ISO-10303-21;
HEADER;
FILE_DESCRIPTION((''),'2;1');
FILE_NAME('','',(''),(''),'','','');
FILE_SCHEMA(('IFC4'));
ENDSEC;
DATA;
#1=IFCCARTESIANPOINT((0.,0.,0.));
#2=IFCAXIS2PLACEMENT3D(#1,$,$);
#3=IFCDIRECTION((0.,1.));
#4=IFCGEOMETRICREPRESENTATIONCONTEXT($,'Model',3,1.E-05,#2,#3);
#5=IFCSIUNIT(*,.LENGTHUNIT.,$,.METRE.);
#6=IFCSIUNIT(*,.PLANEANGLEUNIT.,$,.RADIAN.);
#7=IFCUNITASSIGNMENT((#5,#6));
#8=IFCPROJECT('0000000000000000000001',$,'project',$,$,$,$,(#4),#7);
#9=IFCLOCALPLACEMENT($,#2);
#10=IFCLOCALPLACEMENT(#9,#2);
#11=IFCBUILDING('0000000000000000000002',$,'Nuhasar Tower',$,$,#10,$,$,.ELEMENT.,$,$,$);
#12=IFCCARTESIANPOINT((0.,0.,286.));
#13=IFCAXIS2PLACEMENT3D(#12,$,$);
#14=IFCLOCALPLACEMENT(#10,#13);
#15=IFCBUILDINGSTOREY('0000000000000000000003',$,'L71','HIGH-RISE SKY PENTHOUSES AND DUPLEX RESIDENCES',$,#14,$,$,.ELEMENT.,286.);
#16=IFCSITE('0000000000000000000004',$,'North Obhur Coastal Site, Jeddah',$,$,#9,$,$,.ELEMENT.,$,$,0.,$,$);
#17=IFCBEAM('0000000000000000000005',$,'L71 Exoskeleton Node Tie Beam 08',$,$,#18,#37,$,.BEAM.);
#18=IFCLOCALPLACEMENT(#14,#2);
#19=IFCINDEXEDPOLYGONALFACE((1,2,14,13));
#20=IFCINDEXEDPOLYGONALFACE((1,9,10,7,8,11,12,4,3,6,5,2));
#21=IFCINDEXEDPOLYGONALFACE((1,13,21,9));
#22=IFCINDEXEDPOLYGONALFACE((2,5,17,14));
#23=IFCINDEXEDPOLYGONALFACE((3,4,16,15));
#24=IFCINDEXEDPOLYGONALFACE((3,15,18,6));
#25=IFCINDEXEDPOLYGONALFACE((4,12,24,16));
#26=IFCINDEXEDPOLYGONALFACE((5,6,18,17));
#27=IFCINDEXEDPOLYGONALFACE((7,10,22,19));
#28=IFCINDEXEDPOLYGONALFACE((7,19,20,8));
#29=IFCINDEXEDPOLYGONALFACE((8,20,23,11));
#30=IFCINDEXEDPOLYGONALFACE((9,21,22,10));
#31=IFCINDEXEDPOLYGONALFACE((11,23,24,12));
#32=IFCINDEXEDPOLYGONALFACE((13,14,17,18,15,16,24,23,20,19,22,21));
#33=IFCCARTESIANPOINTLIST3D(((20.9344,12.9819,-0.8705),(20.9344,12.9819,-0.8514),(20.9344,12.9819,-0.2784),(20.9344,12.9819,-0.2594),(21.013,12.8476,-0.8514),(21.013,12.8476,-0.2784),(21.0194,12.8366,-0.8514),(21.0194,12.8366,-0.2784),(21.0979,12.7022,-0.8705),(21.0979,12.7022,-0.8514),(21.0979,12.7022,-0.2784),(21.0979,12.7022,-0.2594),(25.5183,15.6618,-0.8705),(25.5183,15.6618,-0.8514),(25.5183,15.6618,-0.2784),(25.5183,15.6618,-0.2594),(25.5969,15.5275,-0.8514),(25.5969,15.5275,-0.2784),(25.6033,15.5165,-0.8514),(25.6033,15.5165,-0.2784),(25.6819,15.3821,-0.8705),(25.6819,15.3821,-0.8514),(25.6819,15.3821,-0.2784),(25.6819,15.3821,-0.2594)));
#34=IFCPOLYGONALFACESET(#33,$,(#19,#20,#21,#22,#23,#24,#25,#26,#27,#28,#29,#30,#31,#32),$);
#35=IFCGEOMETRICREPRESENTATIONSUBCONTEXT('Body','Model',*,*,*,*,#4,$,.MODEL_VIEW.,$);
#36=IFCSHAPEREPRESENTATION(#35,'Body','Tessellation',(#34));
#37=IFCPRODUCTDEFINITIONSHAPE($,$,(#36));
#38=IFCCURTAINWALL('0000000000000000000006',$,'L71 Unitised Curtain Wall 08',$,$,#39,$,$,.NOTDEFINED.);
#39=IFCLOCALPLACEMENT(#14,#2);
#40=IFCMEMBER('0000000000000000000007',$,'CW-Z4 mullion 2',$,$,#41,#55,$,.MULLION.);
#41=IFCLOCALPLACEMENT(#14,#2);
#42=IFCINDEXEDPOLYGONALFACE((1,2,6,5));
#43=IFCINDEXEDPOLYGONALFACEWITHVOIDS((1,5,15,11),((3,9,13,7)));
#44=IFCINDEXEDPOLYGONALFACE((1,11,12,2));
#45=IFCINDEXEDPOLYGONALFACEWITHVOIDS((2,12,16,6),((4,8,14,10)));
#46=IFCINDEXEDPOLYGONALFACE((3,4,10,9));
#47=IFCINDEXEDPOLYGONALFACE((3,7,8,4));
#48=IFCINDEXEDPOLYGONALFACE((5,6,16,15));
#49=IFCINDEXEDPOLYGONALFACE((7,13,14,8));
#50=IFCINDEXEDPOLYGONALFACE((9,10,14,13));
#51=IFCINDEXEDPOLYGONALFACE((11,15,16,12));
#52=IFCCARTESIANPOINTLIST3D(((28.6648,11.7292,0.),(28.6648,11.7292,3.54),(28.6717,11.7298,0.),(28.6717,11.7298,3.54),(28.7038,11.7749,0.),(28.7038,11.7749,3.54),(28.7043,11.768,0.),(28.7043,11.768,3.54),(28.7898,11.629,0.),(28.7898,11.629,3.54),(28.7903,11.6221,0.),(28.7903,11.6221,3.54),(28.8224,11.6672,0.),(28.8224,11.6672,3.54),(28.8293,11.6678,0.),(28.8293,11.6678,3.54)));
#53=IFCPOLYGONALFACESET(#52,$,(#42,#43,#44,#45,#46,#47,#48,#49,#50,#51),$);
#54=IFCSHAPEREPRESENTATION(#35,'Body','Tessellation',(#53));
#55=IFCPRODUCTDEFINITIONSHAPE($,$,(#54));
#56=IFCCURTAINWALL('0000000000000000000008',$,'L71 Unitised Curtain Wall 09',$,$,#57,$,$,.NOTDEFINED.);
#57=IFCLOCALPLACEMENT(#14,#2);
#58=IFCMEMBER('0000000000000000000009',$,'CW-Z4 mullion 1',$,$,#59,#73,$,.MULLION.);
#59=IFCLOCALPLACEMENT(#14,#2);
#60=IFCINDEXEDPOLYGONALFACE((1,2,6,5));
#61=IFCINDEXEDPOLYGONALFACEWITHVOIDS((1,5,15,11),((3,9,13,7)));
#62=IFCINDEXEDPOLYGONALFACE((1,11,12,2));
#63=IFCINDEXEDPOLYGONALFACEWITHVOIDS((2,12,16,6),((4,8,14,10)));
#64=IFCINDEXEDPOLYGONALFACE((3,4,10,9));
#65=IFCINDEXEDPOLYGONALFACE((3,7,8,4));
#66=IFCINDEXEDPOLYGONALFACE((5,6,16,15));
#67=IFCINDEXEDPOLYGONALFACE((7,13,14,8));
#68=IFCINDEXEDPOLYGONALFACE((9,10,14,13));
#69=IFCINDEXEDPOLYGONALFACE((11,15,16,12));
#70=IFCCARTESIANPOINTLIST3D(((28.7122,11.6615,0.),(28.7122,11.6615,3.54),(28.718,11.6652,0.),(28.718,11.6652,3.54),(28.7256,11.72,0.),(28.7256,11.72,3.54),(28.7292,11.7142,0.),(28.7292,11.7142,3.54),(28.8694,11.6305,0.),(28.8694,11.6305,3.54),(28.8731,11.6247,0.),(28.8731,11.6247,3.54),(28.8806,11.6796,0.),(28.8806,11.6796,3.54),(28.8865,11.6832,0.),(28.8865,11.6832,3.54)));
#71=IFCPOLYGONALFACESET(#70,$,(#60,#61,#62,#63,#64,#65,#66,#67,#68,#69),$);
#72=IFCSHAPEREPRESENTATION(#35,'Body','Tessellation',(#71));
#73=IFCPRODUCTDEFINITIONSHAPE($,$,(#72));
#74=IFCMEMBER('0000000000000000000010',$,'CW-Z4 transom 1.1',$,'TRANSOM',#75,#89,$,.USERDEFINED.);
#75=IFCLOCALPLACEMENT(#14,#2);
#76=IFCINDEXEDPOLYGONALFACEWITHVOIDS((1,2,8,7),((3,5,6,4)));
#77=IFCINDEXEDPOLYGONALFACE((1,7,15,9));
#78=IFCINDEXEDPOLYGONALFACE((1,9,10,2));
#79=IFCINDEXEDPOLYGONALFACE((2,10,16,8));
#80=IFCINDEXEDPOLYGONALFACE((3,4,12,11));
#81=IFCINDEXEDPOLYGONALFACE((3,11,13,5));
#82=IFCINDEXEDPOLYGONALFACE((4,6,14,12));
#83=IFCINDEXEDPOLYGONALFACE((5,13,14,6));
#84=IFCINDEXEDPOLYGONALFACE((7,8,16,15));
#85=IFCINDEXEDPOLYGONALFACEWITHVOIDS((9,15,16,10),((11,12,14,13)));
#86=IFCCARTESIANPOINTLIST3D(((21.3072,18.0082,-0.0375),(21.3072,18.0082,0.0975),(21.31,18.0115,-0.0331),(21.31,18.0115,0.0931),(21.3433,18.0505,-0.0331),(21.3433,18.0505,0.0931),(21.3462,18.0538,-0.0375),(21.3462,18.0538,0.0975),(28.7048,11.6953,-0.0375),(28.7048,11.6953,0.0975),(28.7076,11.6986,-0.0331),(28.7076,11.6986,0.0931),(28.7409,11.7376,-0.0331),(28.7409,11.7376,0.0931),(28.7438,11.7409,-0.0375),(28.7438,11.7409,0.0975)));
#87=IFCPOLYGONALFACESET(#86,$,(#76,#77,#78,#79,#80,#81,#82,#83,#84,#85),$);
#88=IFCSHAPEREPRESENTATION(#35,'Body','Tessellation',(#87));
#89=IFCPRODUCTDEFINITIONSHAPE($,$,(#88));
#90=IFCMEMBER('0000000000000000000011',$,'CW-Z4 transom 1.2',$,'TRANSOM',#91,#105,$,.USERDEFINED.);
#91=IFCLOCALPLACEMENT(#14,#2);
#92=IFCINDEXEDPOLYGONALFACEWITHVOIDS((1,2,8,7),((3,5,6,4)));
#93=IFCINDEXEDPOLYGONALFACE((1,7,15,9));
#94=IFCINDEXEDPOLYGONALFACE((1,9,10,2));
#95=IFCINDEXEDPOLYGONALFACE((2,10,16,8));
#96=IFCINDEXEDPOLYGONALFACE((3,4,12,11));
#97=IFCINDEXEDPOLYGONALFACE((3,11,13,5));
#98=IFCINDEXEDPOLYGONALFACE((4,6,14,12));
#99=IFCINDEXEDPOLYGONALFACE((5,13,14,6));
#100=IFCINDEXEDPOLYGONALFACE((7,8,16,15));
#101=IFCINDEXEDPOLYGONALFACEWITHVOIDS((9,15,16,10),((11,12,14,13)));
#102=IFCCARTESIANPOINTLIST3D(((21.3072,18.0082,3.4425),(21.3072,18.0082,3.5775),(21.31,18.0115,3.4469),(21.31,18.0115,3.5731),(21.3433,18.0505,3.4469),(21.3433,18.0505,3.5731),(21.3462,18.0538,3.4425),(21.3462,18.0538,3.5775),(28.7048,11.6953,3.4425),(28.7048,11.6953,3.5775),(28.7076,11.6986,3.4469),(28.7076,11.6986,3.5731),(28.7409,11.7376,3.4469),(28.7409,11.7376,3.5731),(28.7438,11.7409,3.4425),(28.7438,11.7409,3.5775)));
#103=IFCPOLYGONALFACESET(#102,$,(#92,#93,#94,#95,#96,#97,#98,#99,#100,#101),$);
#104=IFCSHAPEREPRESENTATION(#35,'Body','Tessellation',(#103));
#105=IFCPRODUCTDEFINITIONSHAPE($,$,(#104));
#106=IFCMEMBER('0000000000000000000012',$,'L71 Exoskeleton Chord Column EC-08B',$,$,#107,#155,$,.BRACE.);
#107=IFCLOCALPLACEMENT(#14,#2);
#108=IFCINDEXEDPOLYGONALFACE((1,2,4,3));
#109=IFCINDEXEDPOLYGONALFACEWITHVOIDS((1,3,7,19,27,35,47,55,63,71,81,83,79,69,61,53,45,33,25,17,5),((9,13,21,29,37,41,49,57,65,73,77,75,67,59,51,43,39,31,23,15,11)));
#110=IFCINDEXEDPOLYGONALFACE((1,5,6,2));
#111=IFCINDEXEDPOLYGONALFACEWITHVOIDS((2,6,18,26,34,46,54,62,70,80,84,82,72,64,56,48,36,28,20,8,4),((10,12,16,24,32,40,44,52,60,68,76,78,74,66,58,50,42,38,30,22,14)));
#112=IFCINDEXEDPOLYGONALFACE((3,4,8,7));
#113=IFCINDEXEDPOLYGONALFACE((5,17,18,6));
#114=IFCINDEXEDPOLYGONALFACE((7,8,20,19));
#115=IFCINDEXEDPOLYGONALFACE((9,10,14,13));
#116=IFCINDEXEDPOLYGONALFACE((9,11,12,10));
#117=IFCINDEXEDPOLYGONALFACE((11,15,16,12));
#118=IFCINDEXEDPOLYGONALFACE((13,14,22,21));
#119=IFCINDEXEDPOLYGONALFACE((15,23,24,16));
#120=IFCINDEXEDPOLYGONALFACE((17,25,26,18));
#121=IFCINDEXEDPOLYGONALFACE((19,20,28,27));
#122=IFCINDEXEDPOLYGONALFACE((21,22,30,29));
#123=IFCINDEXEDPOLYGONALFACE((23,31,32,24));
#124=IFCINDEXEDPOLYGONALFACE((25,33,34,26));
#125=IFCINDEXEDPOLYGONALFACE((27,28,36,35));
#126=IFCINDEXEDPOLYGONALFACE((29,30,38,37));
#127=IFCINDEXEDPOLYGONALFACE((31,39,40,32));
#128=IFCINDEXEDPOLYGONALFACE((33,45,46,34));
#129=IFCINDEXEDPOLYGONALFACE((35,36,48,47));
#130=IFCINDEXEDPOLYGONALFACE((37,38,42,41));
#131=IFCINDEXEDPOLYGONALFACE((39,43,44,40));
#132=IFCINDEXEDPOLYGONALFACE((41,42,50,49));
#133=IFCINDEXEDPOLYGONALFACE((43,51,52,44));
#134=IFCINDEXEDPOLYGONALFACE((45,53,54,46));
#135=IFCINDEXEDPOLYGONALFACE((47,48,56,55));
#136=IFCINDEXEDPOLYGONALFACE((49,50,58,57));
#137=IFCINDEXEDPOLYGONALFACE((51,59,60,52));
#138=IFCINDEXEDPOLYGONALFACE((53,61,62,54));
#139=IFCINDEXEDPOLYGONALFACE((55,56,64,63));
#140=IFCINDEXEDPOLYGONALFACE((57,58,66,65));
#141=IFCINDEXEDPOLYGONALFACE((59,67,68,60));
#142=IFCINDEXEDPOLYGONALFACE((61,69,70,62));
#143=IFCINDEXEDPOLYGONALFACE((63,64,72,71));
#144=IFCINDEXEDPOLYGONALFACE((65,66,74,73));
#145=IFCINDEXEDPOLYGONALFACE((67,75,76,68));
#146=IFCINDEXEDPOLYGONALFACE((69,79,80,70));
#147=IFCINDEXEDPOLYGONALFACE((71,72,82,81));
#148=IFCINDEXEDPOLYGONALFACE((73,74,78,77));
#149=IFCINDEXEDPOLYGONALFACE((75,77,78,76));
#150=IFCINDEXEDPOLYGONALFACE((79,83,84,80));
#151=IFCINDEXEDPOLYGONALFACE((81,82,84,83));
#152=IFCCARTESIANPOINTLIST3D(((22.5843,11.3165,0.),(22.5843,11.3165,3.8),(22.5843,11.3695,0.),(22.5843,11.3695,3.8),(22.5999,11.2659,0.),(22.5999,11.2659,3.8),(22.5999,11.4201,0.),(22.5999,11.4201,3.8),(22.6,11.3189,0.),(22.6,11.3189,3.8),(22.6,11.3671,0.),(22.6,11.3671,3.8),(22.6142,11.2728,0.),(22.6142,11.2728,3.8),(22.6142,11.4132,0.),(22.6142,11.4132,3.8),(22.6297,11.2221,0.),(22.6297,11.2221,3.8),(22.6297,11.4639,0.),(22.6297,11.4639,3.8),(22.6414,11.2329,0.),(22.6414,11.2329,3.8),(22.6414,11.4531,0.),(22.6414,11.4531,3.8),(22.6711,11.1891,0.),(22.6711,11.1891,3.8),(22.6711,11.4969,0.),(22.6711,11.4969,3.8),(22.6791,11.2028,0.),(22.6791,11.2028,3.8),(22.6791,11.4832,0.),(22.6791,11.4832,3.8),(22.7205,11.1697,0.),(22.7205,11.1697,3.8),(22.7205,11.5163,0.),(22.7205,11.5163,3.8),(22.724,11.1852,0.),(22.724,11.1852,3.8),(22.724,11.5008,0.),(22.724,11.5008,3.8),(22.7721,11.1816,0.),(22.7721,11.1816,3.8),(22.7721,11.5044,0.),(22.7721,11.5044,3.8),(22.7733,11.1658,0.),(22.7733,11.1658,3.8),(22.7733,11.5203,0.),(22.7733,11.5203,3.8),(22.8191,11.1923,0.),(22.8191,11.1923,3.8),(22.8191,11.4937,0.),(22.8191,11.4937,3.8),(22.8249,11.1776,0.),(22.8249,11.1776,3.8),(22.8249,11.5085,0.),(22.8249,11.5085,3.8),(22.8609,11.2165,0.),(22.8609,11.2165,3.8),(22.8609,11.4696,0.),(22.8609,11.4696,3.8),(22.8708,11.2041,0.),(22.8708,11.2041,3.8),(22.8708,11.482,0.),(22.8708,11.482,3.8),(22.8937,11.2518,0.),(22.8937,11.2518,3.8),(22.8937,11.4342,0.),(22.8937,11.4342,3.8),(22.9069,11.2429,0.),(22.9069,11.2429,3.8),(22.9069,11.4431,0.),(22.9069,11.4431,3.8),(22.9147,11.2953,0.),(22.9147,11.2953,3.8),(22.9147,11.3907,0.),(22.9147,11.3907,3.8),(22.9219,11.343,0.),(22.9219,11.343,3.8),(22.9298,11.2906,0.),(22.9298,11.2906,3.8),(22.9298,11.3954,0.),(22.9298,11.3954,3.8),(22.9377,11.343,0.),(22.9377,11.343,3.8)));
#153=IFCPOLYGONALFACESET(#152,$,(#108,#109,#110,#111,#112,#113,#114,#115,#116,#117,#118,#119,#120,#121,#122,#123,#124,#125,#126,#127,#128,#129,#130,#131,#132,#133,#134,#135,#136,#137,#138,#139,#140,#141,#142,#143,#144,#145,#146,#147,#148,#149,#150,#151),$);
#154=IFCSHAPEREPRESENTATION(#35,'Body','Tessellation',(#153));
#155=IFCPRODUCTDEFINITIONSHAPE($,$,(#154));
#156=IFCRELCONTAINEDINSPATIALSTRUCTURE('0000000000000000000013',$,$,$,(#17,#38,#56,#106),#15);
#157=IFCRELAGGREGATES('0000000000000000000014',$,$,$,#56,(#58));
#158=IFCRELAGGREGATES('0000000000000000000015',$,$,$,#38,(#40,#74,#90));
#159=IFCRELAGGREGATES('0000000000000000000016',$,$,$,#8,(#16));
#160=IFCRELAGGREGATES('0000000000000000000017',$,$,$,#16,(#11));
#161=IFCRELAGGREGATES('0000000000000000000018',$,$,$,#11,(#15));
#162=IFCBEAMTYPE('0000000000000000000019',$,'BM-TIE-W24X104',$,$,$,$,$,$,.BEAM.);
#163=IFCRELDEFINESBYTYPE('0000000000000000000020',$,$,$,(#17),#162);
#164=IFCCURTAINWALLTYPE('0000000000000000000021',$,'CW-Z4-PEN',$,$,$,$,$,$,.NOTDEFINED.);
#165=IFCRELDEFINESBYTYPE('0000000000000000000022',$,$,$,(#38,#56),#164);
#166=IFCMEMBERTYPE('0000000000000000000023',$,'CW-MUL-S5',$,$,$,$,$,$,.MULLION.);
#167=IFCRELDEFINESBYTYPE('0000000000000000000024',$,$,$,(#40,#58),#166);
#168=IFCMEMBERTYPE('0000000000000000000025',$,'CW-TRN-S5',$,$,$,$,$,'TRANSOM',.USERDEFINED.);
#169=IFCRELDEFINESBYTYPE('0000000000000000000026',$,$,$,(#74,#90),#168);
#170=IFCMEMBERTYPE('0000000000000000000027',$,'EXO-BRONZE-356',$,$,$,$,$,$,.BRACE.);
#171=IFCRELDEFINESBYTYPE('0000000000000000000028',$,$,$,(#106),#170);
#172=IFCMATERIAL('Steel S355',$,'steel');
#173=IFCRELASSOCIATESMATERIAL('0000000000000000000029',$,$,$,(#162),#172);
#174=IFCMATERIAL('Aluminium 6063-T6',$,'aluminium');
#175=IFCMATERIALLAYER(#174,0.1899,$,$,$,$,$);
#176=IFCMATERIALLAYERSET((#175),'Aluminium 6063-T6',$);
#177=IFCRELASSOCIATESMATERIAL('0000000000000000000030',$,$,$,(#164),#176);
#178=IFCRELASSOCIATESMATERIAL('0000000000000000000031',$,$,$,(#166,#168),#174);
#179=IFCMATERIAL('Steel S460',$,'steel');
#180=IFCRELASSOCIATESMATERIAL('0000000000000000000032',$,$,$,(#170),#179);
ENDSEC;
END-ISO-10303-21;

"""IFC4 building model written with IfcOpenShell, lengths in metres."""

from ifc_helpers import new_model, si_unit, direction, frame, origin, origin_2d, place, context, subcontext, project, spatial, hollow_rectangle, hollow_circle, i_section, extrude, material, layer, layer_set, material_profile, profile_set, type_object, element, aggregate, save


model = new_model("IFC4")

# Units and contexts
model_context = context("Model", 3, precision=1e-05, world=origin(), true_north=direction((0.0, 1.0)))
body_context = subcontext(model_context, "Body", "Model", "MODEL_VIEW")
ifc_project = project(units=[si_unit("LENGTHUNIT", "METRE"), si_unit("PLANEANGLEUNIT", "RADIAN")], contexts=[model_context])

# Site, building, storey
site_placement = place(None, origin())
site = spatial("IfcSite", under=ifc_project, at=site_placement, Name="North Obhur Coastal Site, Jeddah", CompositionType="ELEMENT", RefElevation=0.0)
building_placement = place(site_placement, origin())
building = spatial("IfcBuilding", under=site, at=building_placement, Name="Nuhasar Tower", CompositionType="ELEMENT")
storey_placement = place(building_placement, frame((0.0, 0.0, 286.0)))
storey = spatial("IfcBuildingStorey", under=building, at=storey_placement, Name="L71", Description="HIGH-RISE SKY PENTHOUSES AND DUPLEX RESIDENCES", CompositionType="ELEMENT", Elevation=286.0)

# Beam
ifc_material_1 = material(Name="Steel S355", Category="steel")
ifc_material_profile_1 = material_profile(ifc_material_1, i_section(OverallWidth=0.324, OverallDepth=0.6111, WebThickness=0.0127, FlangeThickness=0.019, at=origin_2d()), Name="W24X104")
ifc_profile_set_1 = profile_set([ifc_material_profile_1], Name="Steel S355")
beam_type_1 = type_object("IfcBeamType", Name="BM-TIE-W24X104", PredefinedType="BEAM", material=ifc_profile_set_1)
beam_1_placement = place(storey_placement, frame((25.6001, 15.522, -0.5649), z_axis=(-0.863292, -0.504706, 0.0), x_axis=(0.504706, -0.863292, 0.0)))
element("IfcBeam", 1, at=beam_1_placement, inside=storey, type_object=beam_type_1, Name="L71 Exoskeleton Node Tie Beam 08", PredefinedType="BEAM", context=body_context, shape_type="SweptSolid", body=[
    extrude(i_section(OverallWidth=0.324, OverallDepth=0.6111, WebThickness=0.0127, FlangeThickness=0.019, at=origin_2d()), origin(), (0.0, 0.0, 1.0), 5.3098),
])

# Curtain walls, members
ifc_material_2 = material(Name="Aluminium 6063-T6", Category="aluminium")
ifc_layer_1 = layer(ifc_material_2, 0.1899)
ifc_layer_set_1 = layer_set([ifc_layer_1], Name="Aluminium 6063-T6")
curtain_wall_type = type_object("IfcCurtainWallType", Name="CW-Z4-PEN", PredefinedType="NOTDEFINED", material=ifc_layer_set_1)
curtain_wall_1_placement = place(storey_placement, origin())
curtain_wall_1 = element("IfcCurtainWall", 2, at=curtain_wall_1_placement, inside=storey, type_object=curtain_wall_type, Name="L71 Unitised Curtain Wall 08", PredefinedType="NOTDEFINED")
ifc_material_profile_2 = material_profile(ifc_material_2, hollow_rectangle(XDim=0.0601, YDim=0.165, WallThickness=0.0049, at=origin_2d()), Name="CWM-5")
ifc_profile_set_2 = profile_set([ifc_material_profile_2], Name="Aluminium 6063-T6")
member_type_1 = type_object("IfcMemberType", Name="CW-MUL-S5", PredefinedType="MULLION", material=ifc_profile_set_2)
member_1_placement = place(storey_placement, frame((28.7471, 11.6985, 0.0), z_axis=(0.0, 0.0, 1.0), x_axis=(0.649142, 0.760667, 0.0)))
member_1 = element("IfcMember", 3, at=member_1_placement, type_object=member_type_1, Name="CW-Z4 mullion 2", PredefinedType="MULLION", context=body_context, shape_type="SweptSolid", body=[
    extrude(hollow_rectangle(XDim=0.0601, YDim=0.165, WallThickness=0.0049, at=origin_2d()), origin(), (0.0, 0.0, 1.0), 3.54),
])
curtain_wall_2_placement = place(storey_placement, origin())
curtain_wall_2 = element("IfcCurtainWall", 4, at=curtain_wall_2_placement, inside=storey, type_object=curtain_wall_type, Name="L71 Unitised Curtain Wall 09", PredefinedType="NOTDEFINED")
member_2_placement = place(storey_placement, frame((28.7993, 11.6724, 0.0), z_axis=(0.0, 0.0, 1.0), x_axis=(0.222889, 0.974844, 0.0)))
member_2 = element("IfcMember", 5, at=member_2_placement, type_object=member_type_1, Name="CW-Z4 mullion 1", PredefinedType="MULLION", context=body_context, shape_type="SweptSolid", body=[
    extrude(hollow_rectangle(XDim=0.0601, YDim=0.165, WallThickness=0.0049, at=origin_2d()), origin(), (0.0, 0.0, 1.0), 3.54),
])
aggregate(curtain_wall_2, [member_2])

# Members
ifc_material_profile_3 = material_profile(ifc_material_2, hollow_rectangle(XDim=0.0601, YDim=0.135, WallThickness=0.0044, at=origin_2d()), Name="CWT-5")
ifc_profile_set_3 = profile_set([ifc_material_profile_3], Name="Aluminium 6063-T6")
member_type_2 = type_object("IfcMemberType", Name="CW-TRN-S5", ElementType="TRANSOM", PredefinedType="USERDEFINED", material=ifc_profile_set_3)
member_3_placement = place(storey_placement, frame((21.3267, 18.031, 0.03), z_axis=(0.760672, -0.649136, 0.0), x_axis=(0.649136, 0.760672, 0.0)))
member_3 = element("IfcMember", 6, at=member_3_placement, type_object=member_type_2, Name="CW-Z4 transom 1.1", ObjectType="TRANSOM", PredefinedType="USERDEFINED", context=body_context, shape_type="SweptSolid", body=[
    extrude(hollow_rectangle(XDim=0.0601, YDim=0.135, WallThickness=0.0044, at=origin_2d()), origin(), (0.0, 0.0, 1.0), 9.7251),
])
member_4_placement = place(storey_placement, frame((21.3267, 18.031, 3.51), z_axis=(0.760672, -0.649136, 0.0), x_axis=(0.649136, 0.760672, 0.0)))
member_4 = element("IfcMember", 7, at=member_4_placement, type_object=member_type_2, Name="CW-Z4 transom 1.2", ObjectType="TRANSOM", PredefinedType="USERDEFINED", context=body_context, shape_type="SweptSolid", body=[
    extrude(hollow_rectangle(XDim=0.0601, YDim=0.135, WallThickness=0.0044, at=origin_2d()), origin(), (0.0, 0.0, 1.0), 9.7251),
])

# Member
ifc_material_3 = material(Name="Steel S460", Category="steel")
ifc_material_profile_4 = material_profile(ifc_material_3, hollow_circle(Radius=0.1777, WallThickness=0.0159, at=origin_2d()), Name="HSS355.6X15.9")
ifc_profile_set_4 = profile_set([ifc_material_profile_4], Name="Steel S460")
member_type_3 = type_object("IfcMemberType", Name="EXO-BRONZE-356", PredefinedType="BRACE", material=ifc_profile_set_4)
member_5_placement = place(storey_placement, frame((22.76, 11.343, 0.0), z_axis=(0.0, 0.0, 1.0), x_axis=(1.0, 0.0, 0.0)))
element("IfcMember", 8, at=member_5_placement, inside=storey, type_object=member_type_3, Name="L71 Exoskeleton Chord Column EC-08B", PredefinedType="BRACE", context=body_context, shape_type="SweptSolid", body=[
    extrude(hollow_circle(Radius=0.1777, WallThickness=0.0159, at=origin_2d()), origin(), (0.0, 0.0, 1.0), 3.8),
])

aggregate(curtain_wall_1, [member_1, member_3, member_4])

save(model, "model.ifc")
